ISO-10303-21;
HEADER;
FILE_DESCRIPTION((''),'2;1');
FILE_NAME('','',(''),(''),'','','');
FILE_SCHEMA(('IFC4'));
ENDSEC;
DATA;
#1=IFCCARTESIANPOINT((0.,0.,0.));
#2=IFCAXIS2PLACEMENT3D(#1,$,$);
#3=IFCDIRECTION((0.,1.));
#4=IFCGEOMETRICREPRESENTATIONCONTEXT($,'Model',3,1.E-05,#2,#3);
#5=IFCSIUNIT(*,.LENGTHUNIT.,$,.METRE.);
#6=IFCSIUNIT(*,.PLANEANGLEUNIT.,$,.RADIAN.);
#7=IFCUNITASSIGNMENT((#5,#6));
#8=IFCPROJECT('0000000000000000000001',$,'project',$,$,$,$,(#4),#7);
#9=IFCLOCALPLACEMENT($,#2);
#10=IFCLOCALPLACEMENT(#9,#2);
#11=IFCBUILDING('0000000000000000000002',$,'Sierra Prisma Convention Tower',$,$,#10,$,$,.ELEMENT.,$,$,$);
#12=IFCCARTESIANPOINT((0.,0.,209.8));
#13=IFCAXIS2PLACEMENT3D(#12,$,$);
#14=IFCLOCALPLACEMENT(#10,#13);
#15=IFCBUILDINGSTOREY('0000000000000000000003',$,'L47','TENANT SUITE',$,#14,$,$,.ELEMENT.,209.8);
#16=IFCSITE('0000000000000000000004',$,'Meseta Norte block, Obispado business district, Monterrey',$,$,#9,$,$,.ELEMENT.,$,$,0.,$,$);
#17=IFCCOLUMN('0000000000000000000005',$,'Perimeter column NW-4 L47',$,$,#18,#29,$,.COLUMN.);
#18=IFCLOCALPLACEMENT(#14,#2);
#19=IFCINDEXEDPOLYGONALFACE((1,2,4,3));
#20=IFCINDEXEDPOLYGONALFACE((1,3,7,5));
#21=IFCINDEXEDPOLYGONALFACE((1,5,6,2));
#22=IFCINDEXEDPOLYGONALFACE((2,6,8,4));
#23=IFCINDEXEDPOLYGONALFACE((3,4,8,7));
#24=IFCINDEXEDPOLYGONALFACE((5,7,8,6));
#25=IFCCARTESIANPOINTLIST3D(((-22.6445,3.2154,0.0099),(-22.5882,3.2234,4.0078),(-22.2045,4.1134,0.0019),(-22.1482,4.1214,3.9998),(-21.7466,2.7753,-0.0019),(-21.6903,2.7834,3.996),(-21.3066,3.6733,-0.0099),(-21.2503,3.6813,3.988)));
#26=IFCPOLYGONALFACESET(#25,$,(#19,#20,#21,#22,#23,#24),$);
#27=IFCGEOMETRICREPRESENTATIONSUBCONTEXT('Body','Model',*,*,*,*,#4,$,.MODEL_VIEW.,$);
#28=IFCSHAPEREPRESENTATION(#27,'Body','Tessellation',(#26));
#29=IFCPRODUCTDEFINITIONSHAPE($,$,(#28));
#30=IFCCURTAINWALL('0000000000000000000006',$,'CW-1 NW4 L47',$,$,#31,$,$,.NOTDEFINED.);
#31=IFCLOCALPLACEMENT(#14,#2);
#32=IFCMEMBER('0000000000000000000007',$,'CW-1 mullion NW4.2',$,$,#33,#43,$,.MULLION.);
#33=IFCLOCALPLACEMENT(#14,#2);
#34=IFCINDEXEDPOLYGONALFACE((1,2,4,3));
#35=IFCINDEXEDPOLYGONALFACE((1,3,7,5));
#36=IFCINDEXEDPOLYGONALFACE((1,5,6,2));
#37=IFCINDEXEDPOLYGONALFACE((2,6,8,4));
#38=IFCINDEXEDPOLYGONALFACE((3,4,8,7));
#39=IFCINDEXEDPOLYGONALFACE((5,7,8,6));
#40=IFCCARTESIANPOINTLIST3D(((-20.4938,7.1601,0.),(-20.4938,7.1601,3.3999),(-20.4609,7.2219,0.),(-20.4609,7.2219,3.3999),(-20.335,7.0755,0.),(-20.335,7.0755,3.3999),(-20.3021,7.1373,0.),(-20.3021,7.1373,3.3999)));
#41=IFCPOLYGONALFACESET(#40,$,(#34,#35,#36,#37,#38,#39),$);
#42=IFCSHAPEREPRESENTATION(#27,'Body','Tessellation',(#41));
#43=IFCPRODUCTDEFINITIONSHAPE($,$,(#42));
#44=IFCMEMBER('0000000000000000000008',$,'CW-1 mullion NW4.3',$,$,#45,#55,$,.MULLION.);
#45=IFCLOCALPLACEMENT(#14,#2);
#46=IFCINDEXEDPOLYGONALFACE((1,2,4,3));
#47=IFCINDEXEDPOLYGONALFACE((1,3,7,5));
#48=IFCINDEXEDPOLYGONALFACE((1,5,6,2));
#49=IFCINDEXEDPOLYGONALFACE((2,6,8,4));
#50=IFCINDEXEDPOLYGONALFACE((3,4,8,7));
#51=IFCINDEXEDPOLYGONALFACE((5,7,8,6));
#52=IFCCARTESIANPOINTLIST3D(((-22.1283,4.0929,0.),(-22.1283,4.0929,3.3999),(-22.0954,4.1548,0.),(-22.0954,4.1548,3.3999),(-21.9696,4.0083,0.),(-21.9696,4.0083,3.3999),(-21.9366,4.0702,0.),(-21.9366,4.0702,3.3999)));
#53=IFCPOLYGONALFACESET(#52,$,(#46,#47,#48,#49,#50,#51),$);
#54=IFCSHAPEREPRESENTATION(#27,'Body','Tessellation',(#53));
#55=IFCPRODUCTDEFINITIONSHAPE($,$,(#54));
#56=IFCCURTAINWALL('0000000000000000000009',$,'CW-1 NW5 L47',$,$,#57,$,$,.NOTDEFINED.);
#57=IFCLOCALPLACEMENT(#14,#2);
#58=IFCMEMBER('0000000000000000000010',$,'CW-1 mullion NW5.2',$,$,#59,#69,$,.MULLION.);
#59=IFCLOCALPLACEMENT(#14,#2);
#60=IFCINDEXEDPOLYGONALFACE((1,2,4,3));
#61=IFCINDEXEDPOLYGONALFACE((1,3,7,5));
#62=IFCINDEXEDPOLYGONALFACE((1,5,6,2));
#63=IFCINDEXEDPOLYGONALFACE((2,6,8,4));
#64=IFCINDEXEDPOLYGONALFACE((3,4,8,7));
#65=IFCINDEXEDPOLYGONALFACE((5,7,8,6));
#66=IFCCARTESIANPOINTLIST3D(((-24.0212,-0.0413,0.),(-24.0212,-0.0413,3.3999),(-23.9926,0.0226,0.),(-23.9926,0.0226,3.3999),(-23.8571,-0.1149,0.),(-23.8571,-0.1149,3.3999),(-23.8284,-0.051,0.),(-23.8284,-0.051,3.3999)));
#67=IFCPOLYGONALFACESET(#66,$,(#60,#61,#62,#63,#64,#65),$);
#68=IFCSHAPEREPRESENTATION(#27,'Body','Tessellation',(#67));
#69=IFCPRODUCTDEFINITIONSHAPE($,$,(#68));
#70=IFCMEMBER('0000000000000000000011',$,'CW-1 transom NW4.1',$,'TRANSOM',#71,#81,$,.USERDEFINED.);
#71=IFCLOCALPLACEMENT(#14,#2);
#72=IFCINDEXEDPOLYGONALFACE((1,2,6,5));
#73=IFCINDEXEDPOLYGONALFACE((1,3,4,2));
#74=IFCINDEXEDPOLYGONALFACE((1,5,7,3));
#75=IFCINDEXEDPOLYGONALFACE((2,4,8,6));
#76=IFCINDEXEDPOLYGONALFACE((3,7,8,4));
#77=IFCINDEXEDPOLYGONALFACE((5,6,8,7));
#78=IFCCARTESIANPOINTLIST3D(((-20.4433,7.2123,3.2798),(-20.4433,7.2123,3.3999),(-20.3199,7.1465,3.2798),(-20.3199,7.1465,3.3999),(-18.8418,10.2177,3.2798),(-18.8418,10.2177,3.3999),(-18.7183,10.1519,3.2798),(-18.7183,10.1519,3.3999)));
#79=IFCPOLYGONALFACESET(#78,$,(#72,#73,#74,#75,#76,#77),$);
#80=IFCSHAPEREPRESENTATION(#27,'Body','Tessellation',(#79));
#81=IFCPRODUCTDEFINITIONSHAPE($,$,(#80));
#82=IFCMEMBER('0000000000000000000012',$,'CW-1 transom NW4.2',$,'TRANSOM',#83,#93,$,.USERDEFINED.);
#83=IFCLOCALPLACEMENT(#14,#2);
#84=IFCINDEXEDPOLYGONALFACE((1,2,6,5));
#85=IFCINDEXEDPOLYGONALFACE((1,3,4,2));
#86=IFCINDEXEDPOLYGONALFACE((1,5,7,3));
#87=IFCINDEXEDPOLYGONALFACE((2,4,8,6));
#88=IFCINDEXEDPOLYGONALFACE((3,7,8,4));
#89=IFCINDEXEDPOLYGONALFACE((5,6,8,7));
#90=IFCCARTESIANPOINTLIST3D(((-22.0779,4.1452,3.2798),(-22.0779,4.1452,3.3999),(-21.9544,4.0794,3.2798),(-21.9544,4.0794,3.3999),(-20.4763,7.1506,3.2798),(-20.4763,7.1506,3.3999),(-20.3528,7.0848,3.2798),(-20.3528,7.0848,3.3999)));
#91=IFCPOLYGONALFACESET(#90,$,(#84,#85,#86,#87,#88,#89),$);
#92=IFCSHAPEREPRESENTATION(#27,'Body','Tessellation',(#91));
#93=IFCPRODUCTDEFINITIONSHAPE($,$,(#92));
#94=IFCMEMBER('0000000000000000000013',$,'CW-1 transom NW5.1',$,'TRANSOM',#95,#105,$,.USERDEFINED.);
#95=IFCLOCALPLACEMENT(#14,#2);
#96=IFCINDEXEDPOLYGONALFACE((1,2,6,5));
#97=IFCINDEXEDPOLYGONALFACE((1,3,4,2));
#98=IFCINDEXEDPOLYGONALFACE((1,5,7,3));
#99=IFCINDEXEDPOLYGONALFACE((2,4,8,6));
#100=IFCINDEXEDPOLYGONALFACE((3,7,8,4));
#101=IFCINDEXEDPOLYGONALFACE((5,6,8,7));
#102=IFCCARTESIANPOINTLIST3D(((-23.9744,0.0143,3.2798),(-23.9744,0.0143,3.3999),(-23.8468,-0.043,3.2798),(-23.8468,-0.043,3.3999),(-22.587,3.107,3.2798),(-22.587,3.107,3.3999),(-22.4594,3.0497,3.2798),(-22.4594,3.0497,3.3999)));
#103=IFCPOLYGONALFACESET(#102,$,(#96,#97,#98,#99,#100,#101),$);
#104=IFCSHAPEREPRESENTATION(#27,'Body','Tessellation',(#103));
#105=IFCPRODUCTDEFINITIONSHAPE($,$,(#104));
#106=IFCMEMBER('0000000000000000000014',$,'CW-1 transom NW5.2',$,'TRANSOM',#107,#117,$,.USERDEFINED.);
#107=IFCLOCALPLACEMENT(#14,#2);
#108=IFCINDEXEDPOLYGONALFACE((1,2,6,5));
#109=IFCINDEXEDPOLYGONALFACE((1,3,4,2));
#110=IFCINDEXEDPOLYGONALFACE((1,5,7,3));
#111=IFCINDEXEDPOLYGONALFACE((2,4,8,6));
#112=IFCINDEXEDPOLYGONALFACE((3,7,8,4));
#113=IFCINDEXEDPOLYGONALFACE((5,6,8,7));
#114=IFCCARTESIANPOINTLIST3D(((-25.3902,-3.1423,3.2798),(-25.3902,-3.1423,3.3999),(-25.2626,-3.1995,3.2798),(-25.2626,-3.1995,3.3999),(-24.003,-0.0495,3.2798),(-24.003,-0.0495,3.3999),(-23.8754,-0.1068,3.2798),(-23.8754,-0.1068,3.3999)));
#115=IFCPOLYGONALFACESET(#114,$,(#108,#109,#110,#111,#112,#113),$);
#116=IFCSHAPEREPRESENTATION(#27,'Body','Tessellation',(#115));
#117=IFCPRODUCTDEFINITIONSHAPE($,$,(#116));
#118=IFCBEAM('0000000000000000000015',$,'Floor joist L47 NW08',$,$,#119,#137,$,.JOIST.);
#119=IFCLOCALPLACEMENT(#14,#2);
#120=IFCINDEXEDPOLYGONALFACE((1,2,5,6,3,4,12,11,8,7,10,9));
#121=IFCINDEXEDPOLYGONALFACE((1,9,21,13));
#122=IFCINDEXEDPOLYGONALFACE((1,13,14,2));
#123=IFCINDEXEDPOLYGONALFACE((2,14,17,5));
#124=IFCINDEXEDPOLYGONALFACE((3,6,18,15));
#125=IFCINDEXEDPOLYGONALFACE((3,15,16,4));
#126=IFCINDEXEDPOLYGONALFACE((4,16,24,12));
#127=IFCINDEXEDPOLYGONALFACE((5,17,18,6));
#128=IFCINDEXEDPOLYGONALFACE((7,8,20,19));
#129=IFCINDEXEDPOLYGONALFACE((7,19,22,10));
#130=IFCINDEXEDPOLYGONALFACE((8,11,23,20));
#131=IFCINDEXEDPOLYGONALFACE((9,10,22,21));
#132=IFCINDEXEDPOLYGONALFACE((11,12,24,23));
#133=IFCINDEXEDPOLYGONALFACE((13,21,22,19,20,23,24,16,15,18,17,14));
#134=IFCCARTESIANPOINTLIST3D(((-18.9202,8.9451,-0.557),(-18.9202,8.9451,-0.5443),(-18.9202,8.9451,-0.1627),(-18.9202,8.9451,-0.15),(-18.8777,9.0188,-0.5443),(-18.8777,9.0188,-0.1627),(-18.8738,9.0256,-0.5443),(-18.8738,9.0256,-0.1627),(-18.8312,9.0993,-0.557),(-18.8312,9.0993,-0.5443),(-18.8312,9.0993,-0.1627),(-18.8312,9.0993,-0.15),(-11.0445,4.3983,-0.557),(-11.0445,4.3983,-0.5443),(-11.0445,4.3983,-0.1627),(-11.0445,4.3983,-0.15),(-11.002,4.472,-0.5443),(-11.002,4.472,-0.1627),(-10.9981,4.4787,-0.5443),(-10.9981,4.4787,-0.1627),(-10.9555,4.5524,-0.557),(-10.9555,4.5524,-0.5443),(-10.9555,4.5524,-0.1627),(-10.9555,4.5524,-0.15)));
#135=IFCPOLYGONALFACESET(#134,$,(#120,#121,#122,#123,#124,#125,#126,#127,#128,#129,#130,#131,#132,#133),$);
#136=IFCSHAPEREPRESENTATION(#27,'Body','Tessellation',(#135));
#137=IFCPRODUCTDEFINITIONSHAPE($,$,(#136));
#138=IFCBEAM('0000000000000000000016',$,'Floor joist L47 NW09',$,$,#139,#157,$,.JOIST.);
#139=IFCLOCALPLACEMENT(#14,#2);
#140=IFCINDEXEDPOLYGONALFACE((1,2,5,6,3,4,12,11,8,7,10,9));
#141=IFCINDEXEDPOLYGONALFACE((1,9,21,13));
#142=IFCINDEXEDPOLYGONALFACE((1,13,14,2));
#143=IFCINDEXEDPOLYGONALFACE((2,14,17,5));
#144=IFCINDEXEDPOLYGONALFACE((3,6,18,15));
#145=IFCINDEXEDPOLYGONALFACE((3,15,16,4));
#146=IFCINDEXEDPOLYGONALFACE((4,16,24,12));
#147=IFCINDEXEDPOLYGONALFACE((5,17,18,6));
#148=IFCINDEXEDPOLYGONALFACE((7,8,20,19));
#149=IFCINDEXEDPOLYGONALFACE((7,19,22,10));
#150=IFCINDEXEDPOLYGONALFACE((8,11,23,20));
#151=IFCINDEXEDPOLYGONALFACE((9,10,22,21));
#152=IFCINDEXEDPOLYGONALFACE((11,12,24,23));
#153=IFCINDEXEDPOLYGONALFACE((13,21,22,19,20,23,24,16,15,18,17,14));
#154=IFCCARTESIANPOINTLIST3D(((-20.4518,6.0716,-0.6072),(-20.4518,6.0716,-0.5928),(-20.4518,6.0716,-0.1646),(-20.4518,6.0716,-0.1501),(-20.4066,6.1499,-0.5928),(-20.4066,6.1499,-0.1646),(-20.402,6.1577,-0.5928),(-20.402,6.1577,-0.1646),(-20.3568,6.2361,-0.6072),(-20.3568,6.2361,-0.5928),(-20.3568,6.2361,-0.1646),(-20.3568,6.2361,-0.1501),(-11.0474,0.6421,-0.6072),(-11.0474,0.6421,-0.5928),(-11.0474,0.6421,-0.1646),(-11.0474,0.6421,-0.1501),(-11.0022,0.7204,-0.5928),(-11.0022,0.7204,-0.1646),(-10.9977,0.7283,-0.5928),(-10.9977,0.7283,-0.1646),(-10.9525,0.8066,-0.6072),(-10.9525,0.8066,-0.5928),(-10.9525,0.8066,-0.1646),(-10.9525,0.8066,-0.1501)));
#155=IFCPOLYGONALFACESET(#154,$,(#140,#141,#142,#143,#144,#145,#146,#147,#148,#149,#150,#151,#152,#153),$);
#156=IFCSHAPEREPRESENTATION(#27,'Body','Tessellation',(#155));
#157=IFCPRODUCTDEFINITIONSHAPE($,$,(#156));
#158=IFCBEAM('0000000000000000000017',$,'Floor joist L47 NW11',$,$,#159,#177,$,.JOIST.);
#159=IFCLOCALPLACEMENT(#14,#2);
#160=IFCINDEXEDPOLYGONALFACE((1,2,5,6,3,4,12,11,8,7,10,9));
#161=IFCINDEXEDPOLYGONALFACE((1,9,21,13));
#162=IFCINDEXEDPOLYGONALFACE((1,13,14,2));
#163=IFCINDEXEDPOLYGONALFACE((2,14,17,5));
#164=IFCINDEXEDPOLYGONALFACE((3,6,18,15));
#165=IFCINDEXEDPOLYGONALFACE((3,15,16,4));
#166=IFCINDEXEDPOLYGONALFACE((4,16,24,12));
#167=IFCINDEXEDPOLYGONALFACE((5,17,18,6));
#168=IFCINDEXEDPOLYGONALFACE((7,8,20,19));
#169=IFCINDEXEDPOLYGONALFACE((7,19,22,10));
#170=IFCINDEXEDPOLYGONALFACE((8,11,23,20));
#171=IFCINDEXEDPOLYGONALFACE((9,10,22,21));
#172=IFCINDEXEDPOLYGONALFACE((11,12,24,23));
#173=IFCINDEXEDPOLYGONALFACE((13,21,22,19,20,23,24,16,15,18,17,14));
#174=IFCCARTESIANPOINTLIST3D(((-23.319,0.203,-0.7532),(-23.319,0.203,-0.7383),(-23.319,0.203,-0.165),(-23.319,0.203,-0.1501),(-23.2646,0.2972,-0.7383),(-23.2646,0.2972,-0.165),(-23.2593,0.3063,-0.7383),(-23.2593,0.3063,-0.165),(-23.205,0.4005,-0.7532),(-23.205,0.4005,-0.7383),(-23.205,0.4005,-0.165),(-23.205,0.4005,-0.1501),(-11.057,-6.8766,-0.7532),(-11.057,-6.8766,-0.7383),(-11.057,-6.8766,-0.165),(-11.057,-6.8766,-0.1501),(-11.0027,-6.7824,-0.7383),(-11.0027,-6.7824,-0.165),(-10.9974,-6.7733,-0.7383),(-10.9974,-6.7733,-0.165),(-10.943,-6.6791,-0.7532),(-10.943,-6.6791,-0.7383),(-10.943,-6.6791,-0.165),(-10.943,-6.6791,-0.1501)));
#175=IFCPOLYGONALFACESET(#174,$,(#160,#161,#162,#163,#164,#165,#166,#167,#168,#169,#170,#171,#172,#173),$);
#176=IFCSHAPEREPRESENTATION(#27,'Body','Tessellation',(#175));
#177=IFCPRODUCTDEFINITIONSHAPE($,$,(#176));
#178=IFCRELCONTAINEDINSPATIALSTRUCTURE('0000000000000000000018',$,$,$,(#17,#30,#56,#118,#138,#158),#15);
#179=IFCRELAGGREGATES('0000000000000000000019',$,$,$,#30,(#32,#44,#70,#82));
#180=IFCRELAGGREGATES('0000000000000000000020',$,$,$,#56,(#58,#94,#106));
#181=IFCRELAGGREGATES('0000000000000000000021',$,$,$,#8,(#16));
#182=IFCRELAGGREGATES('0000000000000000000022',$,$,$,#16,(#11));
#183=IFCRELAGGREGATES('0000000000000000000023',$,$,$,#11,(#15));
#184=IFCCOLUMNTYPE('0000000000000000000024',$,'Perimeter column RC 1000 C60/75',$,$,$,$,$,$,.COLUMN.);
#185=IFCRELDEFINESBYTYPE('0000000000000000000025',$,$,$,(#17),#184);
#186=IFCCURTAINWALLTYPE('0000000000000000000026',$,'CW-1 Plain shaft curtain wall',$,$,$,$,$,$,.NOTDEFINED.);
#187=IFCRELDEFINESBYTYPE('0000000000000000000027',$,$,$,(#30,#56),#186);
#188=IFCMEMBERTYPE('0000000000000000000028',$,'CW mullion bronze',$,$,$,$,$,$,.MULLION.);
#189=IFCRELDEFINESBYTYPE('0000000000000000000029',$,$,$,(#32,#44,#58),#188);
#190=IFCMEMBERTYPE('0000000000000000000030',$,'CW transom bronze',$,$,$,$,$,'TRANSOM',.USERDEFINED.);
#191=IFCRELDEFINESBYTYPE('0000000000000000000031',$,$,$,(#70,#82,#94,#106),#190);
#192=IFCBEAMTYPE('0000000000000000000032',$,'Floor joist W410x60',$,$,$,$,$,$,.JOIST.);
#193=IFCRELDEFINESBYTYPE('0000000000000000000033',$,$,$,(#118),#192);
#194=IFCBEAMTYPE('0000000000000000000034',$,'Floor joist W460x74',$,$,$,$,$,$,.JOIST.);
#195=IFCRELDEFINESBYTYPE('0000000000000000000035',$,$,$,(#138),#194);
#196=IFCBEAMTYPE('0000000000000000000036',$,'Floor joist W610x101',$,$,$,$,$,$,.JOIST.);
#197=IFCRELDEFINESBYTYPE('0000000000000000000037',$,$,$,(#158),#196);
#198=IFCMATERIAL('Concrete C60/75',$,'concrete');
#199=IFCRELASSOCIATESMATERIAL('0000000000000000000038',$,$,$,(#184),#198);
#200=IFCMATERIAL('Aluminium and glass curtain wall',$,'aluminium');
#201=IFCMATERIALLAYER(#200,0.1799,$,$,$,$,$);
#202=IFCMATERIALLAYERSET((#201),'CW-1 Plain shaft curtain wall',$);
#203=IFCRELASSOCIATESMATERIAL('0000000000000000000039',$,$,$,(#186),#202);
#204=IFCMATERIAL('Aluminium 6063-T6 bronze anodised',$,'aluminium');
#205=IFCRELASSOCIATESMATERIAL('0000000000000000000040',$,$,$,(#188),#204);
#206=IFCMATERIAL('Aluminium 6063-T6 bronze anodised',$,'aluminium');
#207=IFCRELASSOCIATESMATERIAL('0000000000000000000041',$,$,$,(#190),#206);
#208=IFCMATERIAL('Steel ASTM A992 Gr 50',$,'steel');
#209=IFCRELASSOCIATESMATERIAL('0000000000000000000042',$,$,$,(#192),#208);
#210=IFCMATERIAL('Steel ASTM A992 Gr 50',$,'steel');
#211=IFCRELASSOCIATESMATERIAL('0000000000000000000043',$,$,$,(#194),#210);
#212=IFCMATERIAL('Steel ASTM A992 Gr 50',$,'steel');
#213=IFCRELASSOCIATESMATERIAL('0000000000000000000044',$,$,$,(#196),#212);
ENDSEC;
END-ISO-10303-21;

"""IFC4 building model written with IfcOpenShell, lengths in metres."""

from ifc_helpers import new_model, si_unit, direction, frame, origin, origin_2d, place, context, subcontext, project, spatial, rectangle, i_section, extrude, clip, halfspace, material, layer, layer_set, material_profile, profile_set, type_object, element, aggregate, save


model = new_model("IFC4")

# Units and contexts
model_context = context("Model", 3, precision=1e-05, world=origin(), true_north=direction((0.0, 1.0)))
body_context = subcontext(model_context, "Body", "Model", "MODEL_VIEW")
ifc_project = project(units=[si_unit("LENGTHUNIT", "METRE"), si_unit("PLANEANGLEUNIT", "RADIAN")], contexts=[model_context])

# Site, building, storey
site_placement = place(None, origin())
site = spatial("IfcSite", under=ifc_project, at=site_placement, Name="Meseta Norte block, Obispado business district, Monterrey", CompositionType="ELEMENT", RefElevation=0.0)
building_placement = place(site_placement, origin())
building = spatial("IfcBuilding", under=site, at=building_placement, Name="Sierra Prisma Convention Tower", CompositionType="ELEMENT")
storey_placement = place(building_placement, frame((0.0, 0.0, 209.8)))
storey = spatial("IfcBuildingStorey", under=building, at=storey_placement, Name="L47", Description="TENANT SUITE", CompositionType="ELEMENT", Elevation=209.8)

# Column
ifc_material_1 = material(Name="Concrete C60/75", Category="concrete")
ifc_material_profile_1 = material_profile(ifc_material_1, rectangle(XDim=1.0, YDim=1.0, at=origin_2d()), Name="Perimeter column RC 1000 C60/75")
ifc_profile_set_1 = profile_set([ifc_material_profile_1], Name="Concrete C60/75")
column_type = type_object("IfcColumnType", Name="Perimeter column RC 1000 C60/75", PredefinedType="COLUMN", material=ifc_profile_set_1)
column_placement = place(storey_placement, frame((-21.9756, 3.4443, 0.0), z_axis=(0.014098, 0.002014, 0.999899), x_axis=(0.440002, 0.897961, -0.008012)))
element("IfcColumn", 1, at=column_placement, inside=storey, type_object=column_type, Name="Perimeter column NW-4 L47", PredefinedType="COLUMN", context=body_context, shape_type="SweptSolid", body=[
    clip(extrude(rectangle(XDim=1.0, YDim=1.0, at=origin_2d()), origin(), (0.0, 0.0, 1.0), 4.0005), halfspace(frame((0.0, 0.0, 3.9983)), False)),
])

# Curtain wall, members
ifc_material_2 = material(Name="Aluminium and glass curtain wall", Category="aluminium")
ifc_layer_1 = layer(ifc_material_2, 0.1799)
ifc_layer_set_1 = layer_set([ifc_layer_1], Name="CW-1 Plain shaft curtain wall")
curtain_wall_type = type_object("IfcCurtainWallType", Name="CW-1 Plain shaft curtain wall", PredefinedType="NOTDEFINED", material=ifc_layer_set_1)
curtain_wall_1_placement = place(storey_placement, origin())
curtain_wall_1 = element("IfcCurtainWall", 2, at=curtain_wall_1_placement, inside=storey, type_object=curtain_wall_type, Name="CW-1 NW4 L47", PredefinedType="NOTDEFINED")
ifc_material_3 = material(Name="Aluminium 6063-T6 bronze anodised", Category="aluminium")
ifc_material_profile_2 = material_profile(ifc_material_3, rectangle(XDim=0.1799, YDim=0.0701, at=origin_2d()), Name="ALU MULLION 70x180")
ifc_profile_set_2 = profile_set([ifc_material_profile_2], Name="Aluminium 6063-T6 bronze anodised")
member_type_1 = type_object("IfcMemberType", Name="CW mullion bronze", PredefinedType="MULLION", material=ifc_profile_set_2)
member_1_placement = place(storey_placement, frame((-20.3979, 7.1487, 0.0), z_axis=(0.0, 0.0, 1.0), x_axis=(0.882509, -0.470295, 0.0)))
member_1 = element("IfcMember", 3, at=member_1_placement, type_object=member_type_1, Name="CW-1 mullion NW4.2", PredefinedType="MULLION", context=body_context, shape_type="SweptSolid", body=[
    extrude(rectangle(XDim=0.1799, YDim=0.0701, at=origin_2d()), origin(), (0.0, 0.0, 1.0), 3.3999),
])
member_2_placement = place(storey_placement, frame((-22.0325, 4.0815, 0.0), z_axis=(0.0, 0.0, 1.0), x_axis=(0.882509, -0.470295, 0.0)))
member_2 = element("IfcMember", 4, at=member_2_placement, type_object=member_type_1, Name="CW-1 mullion NW4.3", PredefinedType="MULLION", context=body_context, shape_type="SweptSolid", body=[
    extrude(rectangle(XDim=0.1799, YDim=0.0701, at=origin_2d()), origin(), (0.0, 0.0, 1.0), 3.3999),
])

# Curtain wall, member
curtain_wall_2_placement = place(storey_placement, origin())
curtain_wall_2 = element("IfcCurtainWall", 5, at=curtain_wall_2_placement, inside=storey, type_object=curtain_wall_type, Name="CW-1 NW5 L47", PredefinedType="NOTDEFINED")
member_3_placement = place(storey_placement, frame((-23.9248, -0.0461, 0.0), z_axis=(0.0, 0.0, 1.0), x_axis=(0.912404, -0.40929, 0.0)))
member_3 = element("IfcMember", 6, at=member_3_placement, type_object=member_type_1, Name="CW-1 mullion NW5.2", PredefinedType="MULLION", context=body_context, shape_type="SweptSolid", body=[
    extrude(rectangle(XDim=0.1799, YDim=0.0701, at=origin_2d()), origin(), (0.0, 0.0, 1.0), 3.3999),
])

# Members
ifc_material_4 = material(Name="Aluminium 6063-T6 bronze anodised", Category="aluminium")
ifc_material_profile_3 = material_profile(ifc_material_4, rectangle(XDim=0.1399, YDim=0.1201, at=origin_2d()), Name="ALU TRANSOM 120x140")
ifc_profile_set_3 = profile_set([ifc_material_profile_3], Name="Aluminium 6063-T6 bronze anodised")
member_type_2 = type_object("IfcMemberType", Name="CW transom bronze", ElementType="TRANSOM", PredefinedType="USERDEFINED", material=ifc_profile_set_3)
member_4_placement = place(storey_placement, frame((-18.78, 10.1848, 3.3398), z_axis=(-0.470291, -0.882512, 0.0), x_axis=(0.882512, -0.470291, 0.0)))
member_4 = element("IfcMember", 7, at=member_4_placement, type_object=member_type_2, Name="CW-1 transom NW4.1", ObjectType="TRANSOM", PredefinedType="USERDEFINED", context=body_context, shape_type="SweptSolid", body=[
    extrude(rectangle(XDim=0.1399, YDim=0.1201, at=origin_2d()), origin(), (0.0, 0.0, 1.0), 3.4055),
])
member_5_placement = place(storey_placement, frame((-20.4146, 7.1177, 3.3398), z_axis=(-0.470291, -0.882512, 0.0), x_axis=(0.882512, -0.470291, 0.0)))
member_5 = element("IfcMember", 8, at=member_5_placement, type_object=member_type_2, Name="CW-1 transom NW4.2", ObjectType="TRANSOM", PredefinedType="USERDEFINED", context=body_context, shape_type="SweptSolid", body=[
    extrude(rectangle(XDim=0.1399, YDim=0.1201, at=origin_2d()), origin(), (0.0, 0.0, 1.0), 3.4055),
])
member_6_placement = place(storey_placement, frame((-22.5232, 3.0784, 3.3398), z_axis=(-0.40931, -0.912395, 0.0), x_axis=(0.912395, -0.40931, 0.0)))
member_6 = element("IfcMember", 9, at=member_6_placement, type_object=member_type_2, Name="CW-1 transom NW5.1", ObjectType="TRANSOM", PredefinedType="USERDEFINED", context=body_context, shape_type="SweptSolid", body=[
    extrude(rectangle(XDim=0.1399, YDim=0.1201, at=origin_2d()), origin(), (0.0, 0.0, 1.0), 3.3896),
])
member_7_placement = place(storey_placement, frame((-23.9392, -0.0781, 3.3398), z_axis=(-0.40925, -0.912422, 0.0), x_axis=(0.912422, -0.40925, 0.0)))
member_7 = element("IfcMember", 10, at=member_7_placement, type_object=member_type_2, Name="CW-1 transom NW5.2", ObjectType="TRANSOM", PredefinedType="USERDEFINED", context=body_context, shape_type="SweptSolid", body=[
    extrude(rectangle(XDim=0.1399, YDim=0.1201, at=origin_2d()), origin(), (0.0, 0.0, 1.0), 3.3896),
])

# Beams
ifc_material_5 = material(Name="Steel ASTM A992 Gr 50", Category="steel")
ifc_material_profile_4 = material_profile(ifc_material_5, i_section(OverallWidth=0.178, OverallDepth=0.407, WebThickness=0.0078, FlangeThickness=0.0127, at=origin_2d()), Name="W410x60")
ifc_profile_set_4 = profile_set([ifc_material_profile_4], Name="Steel ASTM A992 Gr 50")
beam_type_1 = type_object("IfcBeamType", Name="Floor joist W410x60", PredefinedType="JOIST", material=ifc_profile_set_4)
beam_1_placement = place(storey_placement, frame((-18.8757, 9.0222, -0.3535), z_axis=(0.866034, -0.499985, 0.0), x_axis=(0.499985, 0.866034, 0.0)))
element("IfcBeam", 11, at=beam_1_placement, inside=storey, type_object=beam_type_1, Name="Floor joist L47 NW08", PredefinedType="JOIST", context=body_context, shape_type="SweptSolid", body=[
    extrude(i_section(OverallWidth=0.178, OverallDepth=0.407, WebThickness=0.0078, FlangeThickness=0.0127, at=origin_2d()), origin(), (0.0, 0.0, 1.0), 9.094),
])
ifc_material_6 = material(Name="Steel ASTM A992 Gr 50", Category="steel")
ifc_material_profile_5 = material_profile(ifc_material_6, i_section(OverallWidth=0.1899, OverallDepth=0.457, WebThickness=0.009, FlangeThickness=0.0144, at=origin_2d()), Name="W460x74")
ifc_profile_set_5 = profile_set([ifc_material_profile_5], Name="Steel ASTM A992 Gr 50")
beam_type_2 = type_object("IfcBeamType", Name="Floor joist W460x74", PredefinedType="JOIST", material=ifc_profile_set_5)
beam_2_placement = place(storey_placement, frame((-20.4043, 6.1538, -0.3787), z_axis=(0.866031, -0.499991, 0.0), x_axis=(0.499991, 0.866031, 0.0)))
element("IfcBeam", 12, at=beam_2_placement, inside=storey, type_object=beam_type_2, Name="Floor joist L47 NW09", PredefinedType="JOIST", context=body_context, shape_type="SweptSolid", body=[
    extrude(i_section(OverallWidth=0.1899, OverallDepth=0.457, WebThickness=0.009, FlangeThickness=0.0144, at=origin_2d()), origin(), (0.0, 0.0, 1.0), 10.8591),
])
ifc_material_7 = material(Name="Steel ASTM A992 Gr 50", Category="steel")
ifc_material_profile_6 = material_profile(ifc_material_7, i_section(OverallWidth=0.228, OverallDepth=0.603, WebThickness=0.0105, FlangeThickness=0.0149, at=origin_2d()), Name="W610x101")
ifc_profile_set_6 = profile_set([ifc_material_profile_6], Name="Steel ASTM A992 Gr 50")
beam_type_3 = type_object("IfcBeamType", Name="Floor joist W610x101", PredefinedType="JOIST", material=ifc_profile_set_6)
beam_3_placement = place(storey_placement, frame((-23.262, 0.3018, -0.4517), z_axis=(0.866021, -0.500008, 0.0), x_axis=(0.500008, 0.866021, 0.0)))
element("IfcBeam", 13, at=beam_3_placement, inside=storey, type_object=beam_type_3, Name="Floor joist L47 NW11", PredefinedType="JOIST", context=body_context, shape_type="SweptSolid", body=[
    extrude(i_section(OverallWidth=0.228, OverallDepth=0.603, WebThickness=0.0105, FlangeThickness=0.0149, at=origin_2d()), origin(), (0.0, 0.0, 1.0), 14.1589),
])

aggregate(curtain_wall_1, [member_1, member_2, member_4, member_5])
aggregate(curtain_wall_2, [member_3, member_6, member_7])

save(model, "model.ifc")
